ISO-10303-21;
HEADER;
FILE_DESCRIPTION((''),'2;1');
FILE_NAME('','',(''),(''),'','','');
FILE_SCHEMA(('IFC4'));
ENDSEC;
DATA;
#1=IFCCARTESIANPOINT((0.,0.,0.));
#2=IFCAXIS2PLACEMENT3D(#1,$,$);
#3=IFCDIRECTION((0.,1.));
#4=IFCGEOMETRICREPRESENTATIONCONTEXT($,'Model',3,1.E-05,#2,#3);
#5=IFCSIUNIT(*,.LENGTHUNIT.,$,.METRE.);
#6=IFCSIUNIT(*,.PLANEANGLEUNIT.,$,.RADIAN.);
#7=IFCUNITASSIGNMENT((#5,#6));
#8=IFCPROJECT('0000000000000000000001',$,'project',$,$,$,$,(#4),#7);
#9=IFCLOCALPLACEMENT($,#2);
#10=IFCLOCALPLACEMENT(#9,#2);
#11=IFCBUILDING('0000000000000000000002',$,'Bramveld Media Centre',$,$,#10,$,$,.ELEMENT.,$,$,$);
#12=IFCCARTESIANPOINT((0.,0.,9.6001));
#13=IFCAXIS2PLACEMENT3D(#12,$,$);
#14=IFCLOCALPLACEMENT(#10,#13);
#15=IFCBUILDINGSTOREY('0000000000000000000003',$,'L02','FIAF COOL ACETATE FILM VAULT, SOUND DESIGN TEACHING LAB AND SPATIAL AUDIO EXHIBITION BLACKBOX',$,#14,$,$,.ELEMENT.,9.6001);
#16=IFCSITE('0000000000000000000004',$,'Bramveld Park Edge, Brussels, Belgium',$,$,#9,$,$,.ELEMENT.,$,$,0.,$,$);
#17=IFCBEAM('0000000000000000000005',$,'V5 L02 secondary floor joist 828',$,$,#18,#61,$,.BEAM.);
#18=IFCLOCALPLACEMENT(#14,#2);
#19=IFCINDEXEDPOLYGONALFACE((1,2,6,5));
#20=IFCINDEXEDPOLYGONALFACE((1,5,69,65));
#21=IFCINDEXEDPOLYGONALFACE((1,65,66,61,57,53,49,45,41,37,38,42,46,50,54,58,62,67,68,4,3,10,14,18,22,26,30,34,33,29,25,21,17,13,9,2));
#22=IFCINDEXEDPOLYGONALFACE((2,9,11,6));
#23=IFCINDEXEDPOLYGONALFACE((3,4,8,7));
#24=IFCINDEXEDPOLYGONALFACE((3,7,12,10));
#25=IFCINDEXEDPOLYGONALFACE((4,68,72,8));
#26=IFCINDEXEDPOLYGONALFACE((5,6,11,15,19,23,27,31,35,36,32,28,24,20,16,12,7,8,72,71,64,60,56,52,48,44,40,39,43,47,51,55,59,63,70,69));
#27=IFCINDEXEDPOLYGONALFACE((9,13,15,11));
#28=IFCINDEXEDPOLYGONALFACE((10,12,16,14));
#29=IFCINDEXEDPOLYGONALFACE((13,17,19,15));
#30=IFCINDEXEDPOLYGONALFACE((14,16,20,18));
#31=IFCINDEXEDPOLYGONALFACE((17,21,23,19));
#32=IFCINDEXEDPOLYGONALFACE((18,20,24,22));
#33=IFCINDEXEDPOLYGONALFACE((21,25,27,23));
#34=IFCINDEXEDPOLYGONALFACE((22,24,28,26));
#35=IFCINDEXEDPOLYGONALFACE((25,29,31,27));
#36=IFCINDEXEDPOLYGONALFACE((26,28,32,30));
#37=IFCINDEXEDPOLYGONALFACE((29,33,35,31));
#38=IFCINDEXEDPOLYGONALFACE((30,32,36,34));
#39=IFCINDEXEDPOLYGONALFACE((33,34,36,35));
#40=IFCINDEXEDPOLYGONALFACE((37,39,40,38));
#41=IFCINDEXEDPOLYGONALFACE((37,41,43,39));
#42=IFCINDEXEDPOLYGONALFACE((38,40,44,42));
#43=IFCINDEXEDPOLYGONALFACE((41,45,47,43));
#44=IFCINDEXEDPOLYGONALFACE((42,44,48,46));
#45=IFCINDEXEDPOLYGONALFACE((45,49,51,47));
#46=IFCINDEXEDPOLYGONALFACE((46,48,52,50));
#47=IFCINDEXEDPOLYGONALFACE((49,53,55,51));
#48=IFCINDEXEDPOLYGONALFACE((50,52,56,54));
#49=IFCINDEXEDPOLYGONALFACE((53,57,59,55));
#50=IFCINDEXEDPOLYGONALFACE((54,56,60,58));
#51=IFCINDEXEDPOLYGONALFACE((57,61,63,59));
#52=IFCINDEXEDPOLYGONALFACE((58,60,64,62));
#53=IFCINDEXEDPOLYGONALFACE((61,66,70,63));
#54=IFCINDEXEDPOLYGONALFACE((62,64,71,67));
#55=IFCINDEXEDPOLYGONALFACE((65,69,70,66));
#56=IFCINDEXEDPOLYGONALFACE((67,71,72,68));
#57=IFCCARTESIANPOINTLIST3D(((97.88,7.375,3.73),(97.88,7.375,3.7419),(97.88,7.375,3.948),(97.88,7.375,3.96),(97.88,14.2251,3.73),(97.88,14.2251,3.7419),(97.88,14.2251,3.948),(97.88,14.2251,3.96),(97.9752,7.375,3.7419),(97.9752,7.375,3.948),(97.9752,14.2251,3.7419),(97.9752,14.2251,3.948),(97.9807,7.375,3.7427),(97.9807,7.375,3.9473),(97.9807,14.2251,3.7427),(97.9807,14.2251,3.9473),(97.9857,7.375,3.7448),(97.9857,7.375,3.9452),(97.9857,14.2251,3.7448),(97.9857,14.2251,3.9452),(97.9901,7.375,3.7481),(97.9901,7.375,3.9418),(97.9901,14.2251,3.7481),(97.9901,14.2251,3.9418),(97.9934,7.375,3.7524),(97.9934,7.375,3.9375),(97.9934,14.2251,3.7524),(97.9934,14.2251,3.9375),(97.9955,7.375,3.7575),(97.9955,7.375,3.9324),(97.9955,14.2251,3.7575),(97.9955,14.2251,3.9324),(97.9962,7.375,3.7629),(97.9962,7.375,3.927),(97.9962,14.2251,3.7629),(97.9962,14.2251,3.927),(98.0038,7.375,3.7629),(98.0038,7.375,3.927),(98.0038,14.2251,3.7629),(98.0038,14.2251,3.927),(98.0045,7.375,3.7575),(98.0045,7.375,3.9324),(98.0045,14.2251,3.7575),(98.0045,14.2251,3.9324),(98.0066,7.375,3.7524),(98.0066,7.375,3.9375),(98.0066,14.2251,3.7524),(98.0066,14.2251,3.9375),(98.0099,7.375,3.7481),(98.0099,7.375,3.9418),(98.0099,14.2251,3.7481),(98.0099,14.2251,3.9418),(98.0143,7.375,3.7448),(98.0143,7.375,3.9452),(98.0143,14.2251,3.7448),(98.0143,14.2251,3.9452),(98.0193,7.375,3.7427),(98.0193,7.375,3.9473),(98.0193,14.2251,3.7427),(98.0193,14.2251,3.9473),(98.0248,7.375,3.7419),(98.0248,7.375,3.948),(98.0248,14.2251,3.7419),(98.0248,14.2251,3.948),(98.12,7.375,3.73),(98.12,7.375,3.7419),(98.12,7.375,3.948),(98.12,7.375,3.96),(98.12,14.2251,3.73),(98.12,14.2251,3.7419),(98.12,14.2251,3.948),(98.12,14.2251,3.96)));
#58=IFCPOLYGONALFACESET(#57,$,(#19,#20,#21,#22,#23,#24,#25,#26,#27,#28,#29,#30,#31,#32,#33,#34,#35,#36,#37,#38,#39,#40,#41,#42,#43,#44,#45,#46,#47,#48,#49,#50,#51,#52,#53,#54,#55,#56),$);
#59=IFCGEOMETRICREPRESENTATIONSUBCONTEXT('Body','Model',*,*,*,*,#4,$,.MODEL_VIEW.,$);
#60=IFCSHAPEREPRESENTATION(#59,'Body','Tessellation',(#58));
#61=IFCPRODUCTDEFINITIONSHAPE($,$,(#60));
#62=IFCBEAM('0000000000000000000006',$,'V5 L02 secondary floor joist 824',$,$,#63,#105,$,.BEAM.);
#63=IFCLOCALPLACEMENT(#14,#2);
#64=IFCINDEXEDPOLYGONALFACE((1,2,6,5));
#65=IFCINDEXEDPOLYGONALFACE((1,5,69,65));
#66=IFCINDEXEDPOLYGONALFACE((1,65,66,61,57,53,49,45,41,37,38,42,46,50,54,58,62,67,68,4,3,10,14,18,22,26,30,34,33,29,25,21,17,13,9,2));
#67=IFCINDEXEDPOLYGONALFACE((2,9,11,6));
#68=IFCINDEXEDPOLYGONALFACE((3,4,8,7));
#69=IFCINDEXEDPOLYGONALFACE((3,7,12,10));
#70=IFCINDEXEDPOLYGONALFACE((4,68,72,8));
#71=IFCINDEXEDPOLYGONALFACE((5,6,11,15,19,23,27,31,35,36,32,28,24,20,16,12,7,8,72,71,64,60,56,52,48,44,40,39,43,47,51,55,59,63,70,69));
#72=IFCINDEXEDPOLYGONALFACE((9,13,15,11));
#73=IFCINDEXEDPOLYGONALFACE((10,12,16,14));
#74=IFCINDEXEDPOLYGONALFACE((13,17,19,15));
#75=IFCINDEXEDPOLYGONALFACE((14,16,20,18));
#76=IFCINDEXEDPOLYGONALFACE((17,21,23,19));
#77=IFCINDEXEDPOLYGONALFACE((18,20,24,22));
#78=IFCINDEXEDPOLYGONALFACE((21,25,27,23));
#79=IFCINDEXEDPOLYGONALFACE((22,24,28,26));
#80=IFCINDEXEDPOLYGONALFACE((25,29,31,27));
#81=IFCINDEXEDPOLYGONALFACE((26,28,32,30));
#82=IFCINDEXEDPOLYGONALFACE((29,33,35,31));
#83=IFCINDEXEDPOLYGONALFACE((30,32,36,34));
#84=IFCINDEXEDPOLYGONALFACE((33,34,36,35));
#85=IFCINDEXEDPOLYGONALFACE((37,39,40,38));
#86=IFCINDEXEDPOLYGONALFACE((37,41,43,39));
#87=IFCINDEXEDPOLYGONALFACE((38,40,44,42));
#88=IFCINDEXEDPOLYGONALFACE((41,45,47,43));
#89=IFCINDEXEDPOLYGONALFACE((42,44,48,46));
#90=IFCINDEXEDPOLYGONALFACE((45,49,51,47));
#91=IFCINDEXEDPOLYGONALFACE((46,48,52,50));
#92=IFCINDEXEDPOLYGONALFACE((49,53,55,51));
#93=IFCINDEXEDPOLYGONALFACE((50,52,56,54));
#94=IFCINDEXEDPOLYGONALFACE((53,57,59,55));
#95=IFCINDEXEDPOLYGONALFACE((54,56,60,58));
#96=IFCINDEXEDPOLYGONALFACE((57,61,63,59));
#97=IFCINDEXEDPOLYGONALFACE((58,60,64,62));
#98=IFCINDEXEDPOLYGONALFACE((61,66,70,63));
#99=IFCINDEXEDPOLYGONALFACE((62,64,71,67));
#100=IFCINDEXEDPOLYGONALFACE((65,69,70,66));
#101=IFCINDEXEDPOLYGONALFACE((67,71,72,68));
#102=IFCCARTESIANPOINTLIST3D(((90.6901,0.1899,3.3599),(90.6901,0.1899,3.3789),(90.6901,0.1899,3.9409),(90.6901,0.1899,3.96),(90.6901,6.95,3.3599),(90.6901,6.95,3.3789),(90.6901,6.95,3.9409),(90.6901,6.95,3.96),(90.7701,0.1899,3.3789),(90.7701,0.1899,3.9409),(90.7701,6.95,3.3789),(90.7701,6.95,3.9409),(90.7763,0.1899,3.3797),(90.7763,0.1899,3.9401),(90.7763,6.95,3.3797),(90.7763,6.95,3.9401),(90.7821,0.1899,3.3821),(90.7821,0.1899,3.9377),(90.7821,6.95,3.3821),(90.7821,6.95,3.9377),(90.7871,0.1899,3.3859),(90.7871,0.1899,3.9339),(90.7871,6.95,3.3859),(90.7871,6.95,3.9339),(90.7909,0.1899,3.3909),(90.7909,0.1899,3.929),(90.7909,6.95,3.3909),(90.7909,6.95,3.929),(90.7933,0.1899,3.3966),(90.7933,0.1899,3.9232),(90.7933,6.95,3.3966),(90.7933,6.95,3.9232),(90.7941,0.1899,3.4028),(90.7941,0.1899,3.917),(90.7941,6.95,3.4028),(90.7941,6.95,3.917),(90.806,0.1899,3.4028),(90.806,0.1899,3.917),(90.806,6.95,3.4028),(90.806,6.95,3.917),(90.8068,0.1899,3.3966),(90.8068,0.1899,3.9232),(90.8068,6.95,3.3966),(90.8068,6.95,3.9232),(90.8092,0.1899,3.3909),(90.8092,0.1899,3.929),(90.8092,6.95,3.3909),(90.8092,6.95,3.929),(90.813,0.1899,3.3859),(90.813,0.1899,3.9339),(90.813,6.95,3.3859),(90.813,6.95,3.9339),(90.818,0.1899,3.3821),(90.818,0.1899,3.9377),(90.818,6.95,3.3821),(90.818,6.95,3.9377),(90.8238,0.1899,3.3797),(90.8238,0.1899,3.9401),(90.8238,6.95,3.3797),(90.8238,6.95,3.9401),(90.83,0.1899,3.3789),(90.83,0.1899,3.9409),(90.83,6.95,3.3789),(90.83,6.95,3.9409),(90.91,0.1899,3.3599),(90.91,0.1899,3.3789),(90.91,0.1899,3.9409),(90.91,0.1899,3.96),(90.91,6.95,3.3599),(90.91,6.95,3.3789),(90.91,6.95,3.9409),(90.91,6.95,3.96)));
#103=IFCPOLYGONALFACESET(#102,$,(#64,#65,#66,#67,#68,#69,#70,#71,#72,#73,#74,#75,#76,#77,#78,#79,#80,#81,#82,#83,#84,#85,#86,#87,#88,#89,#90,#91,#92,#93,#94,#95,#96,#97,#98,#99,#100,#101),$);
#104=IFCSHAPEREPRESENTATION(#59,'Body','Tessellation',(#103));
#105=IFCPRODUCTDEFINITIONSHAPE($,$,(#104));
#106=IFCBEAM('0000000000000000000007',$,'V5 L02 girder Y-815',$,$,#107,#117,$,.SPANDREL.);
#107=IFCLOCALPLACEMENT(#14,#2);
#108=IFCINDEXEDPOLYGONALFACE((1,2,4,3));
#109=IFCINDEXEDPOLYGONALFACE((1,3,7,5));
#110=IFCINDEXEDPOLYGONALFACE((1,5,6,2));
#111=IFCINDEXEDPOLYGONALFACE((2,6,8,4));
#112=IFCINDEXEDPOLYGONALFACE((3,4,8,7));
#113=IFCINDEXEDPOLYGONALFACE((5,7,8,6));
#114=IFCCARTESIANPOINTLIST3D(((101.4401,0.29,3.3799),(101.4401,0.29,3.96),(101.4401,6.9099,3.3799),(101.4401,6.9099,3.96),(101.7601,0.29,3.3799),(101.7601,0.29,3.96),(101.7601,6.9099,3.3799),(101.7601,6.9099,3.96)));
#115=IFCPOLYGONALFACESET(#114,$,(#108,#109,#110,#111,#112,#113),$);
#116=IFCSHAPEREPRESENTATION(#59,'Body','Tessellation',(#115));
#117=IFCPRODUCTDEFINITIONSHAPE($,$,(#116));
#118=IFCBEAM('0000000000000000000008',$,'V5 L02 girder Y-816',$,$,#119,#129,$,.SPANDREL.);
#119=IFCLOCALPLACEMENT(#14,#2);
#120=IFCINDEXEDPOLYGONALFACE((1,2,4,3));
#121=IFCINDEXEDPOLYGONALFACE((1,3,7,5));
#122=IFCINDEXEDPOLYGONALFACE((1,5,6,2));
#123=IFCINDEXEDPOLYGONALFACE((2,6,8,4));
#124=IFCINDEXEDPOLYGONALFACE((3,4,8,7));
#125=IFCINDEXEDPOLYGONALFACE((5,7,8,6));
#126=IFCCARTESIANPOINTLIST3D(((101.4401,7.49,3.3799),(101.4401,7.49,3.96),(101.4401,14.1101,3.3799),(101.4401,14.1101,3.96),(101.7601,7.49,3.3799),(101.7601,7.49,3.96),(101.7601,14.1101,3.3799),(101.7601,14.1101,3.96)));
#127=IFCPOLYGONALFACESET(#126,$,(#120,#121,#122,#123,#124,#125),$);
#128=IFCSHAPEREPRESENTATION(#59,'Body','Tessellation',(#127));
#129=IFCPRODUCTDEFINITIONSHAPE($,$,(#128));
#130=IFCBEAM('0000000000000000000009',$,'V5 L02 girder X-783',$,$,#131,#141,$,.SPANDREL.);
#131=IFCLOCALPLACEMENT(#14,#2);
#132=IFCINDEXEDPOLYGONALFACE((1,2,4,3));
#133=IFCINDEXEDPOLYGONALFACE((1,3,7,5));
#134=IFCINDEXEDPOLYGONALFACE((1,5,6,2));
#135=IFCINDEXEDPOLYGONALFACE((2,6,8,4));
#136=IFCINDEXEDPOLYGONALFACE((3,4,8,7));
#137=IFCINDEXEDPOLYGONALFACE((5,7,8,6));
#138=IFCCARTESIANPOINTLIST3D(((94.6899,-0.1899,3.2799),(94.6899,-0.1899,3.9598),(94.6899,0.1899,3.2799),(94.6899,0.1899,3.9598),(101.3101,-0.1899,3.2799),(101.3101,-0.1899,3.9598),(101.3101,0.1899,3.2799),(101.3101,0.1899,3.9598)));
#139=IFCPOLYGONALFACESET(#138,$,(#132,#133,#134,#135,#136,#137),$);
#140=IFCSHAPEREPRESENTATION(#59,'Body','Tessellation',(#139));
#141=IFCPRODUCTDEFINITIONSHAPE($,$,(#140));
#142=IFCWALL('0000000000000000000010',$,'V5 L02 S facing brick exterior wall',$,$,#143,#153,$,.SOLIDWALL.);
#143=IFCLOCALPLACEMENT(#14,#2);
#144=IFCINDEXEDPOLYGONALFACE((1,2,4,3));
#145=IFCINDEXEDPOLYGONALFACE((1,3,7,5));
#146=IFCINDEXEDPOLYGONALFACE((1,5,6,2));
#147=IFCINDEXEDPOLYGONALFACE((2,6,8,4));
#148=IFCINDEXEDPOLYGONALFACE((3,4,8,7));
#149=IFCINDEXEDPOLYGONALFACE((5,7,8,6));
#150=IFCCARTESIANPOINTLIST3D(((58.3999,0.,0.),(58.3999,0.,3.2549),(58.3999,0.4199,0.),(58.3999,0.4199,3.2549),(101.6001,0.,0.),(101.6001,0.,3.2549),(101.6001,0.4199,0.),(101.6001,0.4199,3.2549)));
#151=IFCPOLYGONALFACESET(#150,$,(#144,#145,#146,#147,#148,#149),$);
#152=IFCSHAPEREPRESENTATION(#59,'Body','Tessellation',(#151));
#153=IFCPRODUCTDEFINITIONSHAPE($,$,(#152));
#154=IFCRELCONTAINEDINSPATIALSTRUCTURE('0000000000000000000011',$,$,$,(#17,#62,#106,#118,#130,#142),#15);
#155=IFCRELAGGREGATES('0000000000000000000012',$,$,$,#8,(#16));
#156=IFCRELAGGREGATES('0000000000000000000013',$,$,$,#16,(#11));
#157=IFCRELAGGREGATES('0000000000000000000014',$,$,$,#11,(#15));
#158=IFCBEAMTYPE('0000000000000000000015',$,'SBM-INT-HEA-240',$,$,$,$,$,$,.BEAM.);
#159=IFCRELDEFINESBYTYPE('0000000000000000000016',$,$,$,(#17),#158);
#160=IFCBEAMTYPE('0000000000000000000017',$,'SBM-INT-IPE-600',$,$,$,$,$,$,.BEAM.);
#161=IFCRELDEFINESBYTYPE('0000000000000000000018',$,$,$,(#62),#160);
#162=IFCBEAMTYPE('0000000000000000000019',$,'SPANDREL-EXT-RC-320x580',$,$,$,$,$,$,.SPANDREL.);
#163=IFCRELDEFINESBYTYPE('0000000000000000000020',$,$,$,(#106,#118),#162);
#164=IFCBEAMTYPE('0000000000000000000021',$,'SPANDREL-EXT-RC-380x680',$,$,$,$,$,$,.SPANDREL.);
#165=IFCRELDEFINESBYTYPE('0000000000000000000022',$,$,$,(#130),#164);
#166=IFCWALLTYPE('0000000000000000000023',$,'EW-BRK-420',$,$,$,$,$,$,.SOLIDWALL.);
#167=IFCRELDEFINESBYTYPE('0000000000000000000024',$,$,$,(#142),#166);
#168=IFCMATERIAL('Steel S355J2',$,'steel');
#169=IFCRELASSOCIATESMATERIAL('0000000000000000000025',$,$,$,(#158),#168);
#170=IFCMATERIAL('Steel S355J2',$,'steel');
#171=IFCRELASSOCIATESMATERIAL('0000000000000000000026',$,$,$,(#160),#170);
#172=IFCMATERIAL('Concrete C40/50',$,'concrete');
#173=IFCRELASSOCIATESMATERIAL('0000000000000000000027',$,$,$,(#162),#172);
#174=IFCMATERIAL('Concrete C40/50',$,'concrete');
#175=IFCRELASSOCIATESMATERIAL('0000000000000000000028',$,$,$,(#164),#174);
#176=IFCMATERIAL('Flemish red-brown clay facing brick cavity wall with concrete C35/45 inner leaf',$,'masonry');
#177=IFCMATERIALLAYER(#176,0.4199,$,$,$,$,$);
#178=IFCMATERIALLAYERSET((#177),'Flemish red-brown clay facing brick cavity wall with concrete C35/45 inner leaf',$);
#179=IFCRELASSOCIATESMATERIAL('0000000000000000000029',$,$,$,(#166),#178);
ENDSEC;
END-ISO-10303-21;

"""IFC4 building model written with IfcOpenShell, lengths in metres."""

from ifc_helpers import new_model, si_unit, direction, frame, frame_2d, origin, origin_2d, place, context, subcontext, project, spatial, rectangle, i_section, extrude, material, layer, layer_set, material_profile, profile_set, type_object, element, save


model = new_model("IFC4")

# Units and contexts
model_context = context("Model", 3, precision=1e-05, world=origin(), true_north=direction((0.0, 1.0)))
body_context = subcontext(model_context, "Body", "Model", "MODEL_VIEW")
ifc_project = project(units=[si_unit("LENGTHUNIT", "METRE"), si_unit("PLANEANGLEUNIT", "RADIAN")], contexts=[model_context])

# Site, building, storey
site_placement = place(None, origin())
site = spatial("IfcSite", under=ifc_project, at=site_placement, Name="Bramveld Park Edge, Brussels, Belgium", CompositionType="ELEMENT", RefElevation=0.0)
building_placement = place(site_placement, origin())
building = spatial("IfcBuilding", under=site, at=building_placement, Name="Bramveld Media Centre", CompositionType="ELEMENT")
storey_placement = place(building_placement, frame((0.0, 0.0, 9.6001)))
storey = spatial("IfcBuildingStorey", under=building, at=storey_placement, Name="L02", Description="FIAF COOL ACETATE FILM VAULT, SOUND DESIGN TEACHING LAB AND SPATIAL AUDIO EXHIBITION BLACKBOX", CompositionType="ELEMENT", Elevation=9.6001)

# Beams
ifc_material_1 = material(Name="Steel S355J2", Category="steel")
ifc_material_profile_1 = material_profile(ifc_material_1, i_section(OverallWidth=0.24, OverallDepth=0.23, WebThickness=0.0076, FlangeThickness=0.012, FilletRadius=0.021, at=origin_2d()), Name="HEA 240")
ifc_profile_set_1 = profile_set([ifc_material_profile_1], Name="Steel S355J2")
beam_type_1 = type_object("IfcBeamType", Name="SBM-INT-HEA-240", PredefinedType="BEAM", material=ifc_profile_set_1)
beam_1_placement = place(storey_placement, frame((98.0, 7.375, 3.845), z_axis=(0.0, 1.0, 0.0), x_axis=(-1.0, 0.0, 0.0)))
element("IfcBeam", 1, at=beam_1_placement, inside=storey, type_object=beam_type_1, Name="V5 L02 secondary floor joist 828", PredefinedType="BEAM", context=body_context, shape_type="SweptSolid", body=[
    extrude(i_section(OverallWidth=0.24, OverallDepth=0.23, WebThickness=0.0076, FlangeThickness=0.012, FilletRadius=0.021, at=origin_2d()), origin(), (0.0, 0.0, 1.0), 6.8501),
])
ifc_material_2 = material(Name="Steel S355J2", Category="steel")
ifc_material_profile_2 = material_profile(ifc_material_2, i_section(OverallWidth=0.22, OverallDepth=0.6001, WebThickness=0.012, FlangeThickness=0.019, FilletRadius=0.0239, at=origin_2d()), Name="IPE 600")
ifc_profile_set_2 = profile_set([ifc_material_profile_2], Name="Steel S355J2")
beam_type_2 = type_object("IfcBeamType", Name="SBM-INT-IPE-600", PredefinedType="BEAM", material=ifc_profile_set_2)
beam_2_placement = place(storey_placement, frame((90.8, 0.1899, 3.6599), z_axis=(0.0, 1.0, 0.0), x_axis=(-1.0, 0.0, 0.0)))
element("IfcBeam", 2, at=beam_2_placement, inside=storey, type_object=beam_type_2, Name="V5 L02 secondary floor joist 824", PredefinedType="BEAM", context=body_context, shape_type="SweptSolid", body=[
    extrude(i_section(OverallWidth=0.22, OverallDepth=0.6001, WebThickness=0.012, FlangeThickness=0.019, FilletRadius=0.0239, at=origin_2d()), origin(), (0.0, 0.0, 1.0), 6.76),
])
ifc_material_3 = material(Name="Concrete C40/50", Category="concrete")
ifc_material_profile_3 = material_profile(ifc_material_3, rectangle(XDim=0.3201, YDim=0.5801, at=origin_2d()), Name="RC 320x580")
ifc_profile_set_3 = profile_set([ifc_material_profile_3], Name="Concrete C40/50")
beam_type_3 = type_object("IfcBeamType", Name="SPANDREL-EXT-RC-320x580", PredefinedType="SPANDREL", material=ifc_profile_set_3)
beam_3_placement = place(storey_placement, frame((101.6001, 0.29, 3.6699), z_axis=(0.0, 1.0, 0.0), x_axis=(-1.0, 0.0, 0.0)))
element("IfcBeam", 3, at=beam_3_placement, inside=storey, type_object=beam_type_3, Name="V5 L02 girder Y-815", PredefinedType="SPANDREL", context=body_context, shape_type="SweptSolid", body=[
    extrude(rectangle(XDim=0.3201, YDim=0.5801, at=origin_2d()), origin(), (0.0, 0.0, 1.0), 6.6199),
])
beam_4_placement = place(storey_placement, frame((101.6001, 7.49, 3.6699), z_axis=(0.0, 1.0, 0.0), x_axis=(-1.0, 0.0, 0.0)))
element("IfcBeam", 4, at=beam_4_placement, inside=storey, type_object=beam_type_3, Name="V5 L02 girder Y-816", PredefinedType="SPANDREL", context=body_context, shape_type="SweptSolid", body=[
    extrude(rectangle(XDim=0.3201, YDim=0.5801, at=origin_2d()), origin(), (0.0, 0.0, 1.0), 6.6201),
])
ifc_material_4 = material(Name="Concrete C40/50", Category="concrete")
ifc_material_profile_4 = material_profile(ifc_material_4, rectangle(XDim=0.3799, YDim=0.6799, at=origin_2d()), Name="RC 380x680")
ifc_profile_set_4 = profile_set([ifc_material_profile_4], Name="Concrete C40/50")
beam_type_4 = type_object("IfcBeamType", Name="SPANDREL-EXT-RC-380x680", PredefinedType="SPANDREL", material=ifc_profile_set_4)
beam_5_placement = place(storey_placement, frame((94.6899, 0.0, 3.6199), z_axis=(1.0, 0.0, 0.0), x_axis=(0.0, 1.0, 0.0)))
element("IfcBeam", 5, at=beam_5_placement, inside=storey, type_object=beam_type_4, Name="V5 L02 girder X-783", PredefinedType="SPANDREL", context=body_context, shape_type="SweptSolid", body=[
    extrude(rectangle(XDim=0.3799, YDim=0.6799, at=origin_2d()), origin(), (0.0, 0.0, 1.0), 6.6201),
])

# Wall
ifc_material_5 = material(Name="Flemish red-brown clay facing brick cavity wall with concrete C35/45 inner leaf", Category="masonry")
ifc_layer_1 = layer(ifc_material_5, 0.4199)
ifc_layer_set_1 = layer_set([ifc_layer_1], Name="Flemish red-brown clay facing brick cavity wall with concrete C35/45 inner leaf")
wall_type_1 = type_object("IfcWallType", Name="EW-BRK-420", PredefinedType="SOLIDWALL", material=ifc_layer_set_1)
wall_1_placement = place(storey_placement, frame((101.6001, 0.21, 0.0), z_axis=(0.0, 0.0, 1.0), x_axis=(-1.0, 0.0, 0.0)))
element("IfcWall", 6, at=wall_1_placement, inside=storey, type_object=wall_type_1, Name="V5 L02 S facing brick exterior wall", PredefinedType="SOLIDWALL", context=body_context, shape_type="SweptSolid", body=[
    extrude(rectangle(XDim=43.2002, YDim=0.4199, at=frame_2d((21.6001, 0.0))), origin(), (0.0, 0.0, 1.0), 3.2549),
])

save(model, "model.ifc")
